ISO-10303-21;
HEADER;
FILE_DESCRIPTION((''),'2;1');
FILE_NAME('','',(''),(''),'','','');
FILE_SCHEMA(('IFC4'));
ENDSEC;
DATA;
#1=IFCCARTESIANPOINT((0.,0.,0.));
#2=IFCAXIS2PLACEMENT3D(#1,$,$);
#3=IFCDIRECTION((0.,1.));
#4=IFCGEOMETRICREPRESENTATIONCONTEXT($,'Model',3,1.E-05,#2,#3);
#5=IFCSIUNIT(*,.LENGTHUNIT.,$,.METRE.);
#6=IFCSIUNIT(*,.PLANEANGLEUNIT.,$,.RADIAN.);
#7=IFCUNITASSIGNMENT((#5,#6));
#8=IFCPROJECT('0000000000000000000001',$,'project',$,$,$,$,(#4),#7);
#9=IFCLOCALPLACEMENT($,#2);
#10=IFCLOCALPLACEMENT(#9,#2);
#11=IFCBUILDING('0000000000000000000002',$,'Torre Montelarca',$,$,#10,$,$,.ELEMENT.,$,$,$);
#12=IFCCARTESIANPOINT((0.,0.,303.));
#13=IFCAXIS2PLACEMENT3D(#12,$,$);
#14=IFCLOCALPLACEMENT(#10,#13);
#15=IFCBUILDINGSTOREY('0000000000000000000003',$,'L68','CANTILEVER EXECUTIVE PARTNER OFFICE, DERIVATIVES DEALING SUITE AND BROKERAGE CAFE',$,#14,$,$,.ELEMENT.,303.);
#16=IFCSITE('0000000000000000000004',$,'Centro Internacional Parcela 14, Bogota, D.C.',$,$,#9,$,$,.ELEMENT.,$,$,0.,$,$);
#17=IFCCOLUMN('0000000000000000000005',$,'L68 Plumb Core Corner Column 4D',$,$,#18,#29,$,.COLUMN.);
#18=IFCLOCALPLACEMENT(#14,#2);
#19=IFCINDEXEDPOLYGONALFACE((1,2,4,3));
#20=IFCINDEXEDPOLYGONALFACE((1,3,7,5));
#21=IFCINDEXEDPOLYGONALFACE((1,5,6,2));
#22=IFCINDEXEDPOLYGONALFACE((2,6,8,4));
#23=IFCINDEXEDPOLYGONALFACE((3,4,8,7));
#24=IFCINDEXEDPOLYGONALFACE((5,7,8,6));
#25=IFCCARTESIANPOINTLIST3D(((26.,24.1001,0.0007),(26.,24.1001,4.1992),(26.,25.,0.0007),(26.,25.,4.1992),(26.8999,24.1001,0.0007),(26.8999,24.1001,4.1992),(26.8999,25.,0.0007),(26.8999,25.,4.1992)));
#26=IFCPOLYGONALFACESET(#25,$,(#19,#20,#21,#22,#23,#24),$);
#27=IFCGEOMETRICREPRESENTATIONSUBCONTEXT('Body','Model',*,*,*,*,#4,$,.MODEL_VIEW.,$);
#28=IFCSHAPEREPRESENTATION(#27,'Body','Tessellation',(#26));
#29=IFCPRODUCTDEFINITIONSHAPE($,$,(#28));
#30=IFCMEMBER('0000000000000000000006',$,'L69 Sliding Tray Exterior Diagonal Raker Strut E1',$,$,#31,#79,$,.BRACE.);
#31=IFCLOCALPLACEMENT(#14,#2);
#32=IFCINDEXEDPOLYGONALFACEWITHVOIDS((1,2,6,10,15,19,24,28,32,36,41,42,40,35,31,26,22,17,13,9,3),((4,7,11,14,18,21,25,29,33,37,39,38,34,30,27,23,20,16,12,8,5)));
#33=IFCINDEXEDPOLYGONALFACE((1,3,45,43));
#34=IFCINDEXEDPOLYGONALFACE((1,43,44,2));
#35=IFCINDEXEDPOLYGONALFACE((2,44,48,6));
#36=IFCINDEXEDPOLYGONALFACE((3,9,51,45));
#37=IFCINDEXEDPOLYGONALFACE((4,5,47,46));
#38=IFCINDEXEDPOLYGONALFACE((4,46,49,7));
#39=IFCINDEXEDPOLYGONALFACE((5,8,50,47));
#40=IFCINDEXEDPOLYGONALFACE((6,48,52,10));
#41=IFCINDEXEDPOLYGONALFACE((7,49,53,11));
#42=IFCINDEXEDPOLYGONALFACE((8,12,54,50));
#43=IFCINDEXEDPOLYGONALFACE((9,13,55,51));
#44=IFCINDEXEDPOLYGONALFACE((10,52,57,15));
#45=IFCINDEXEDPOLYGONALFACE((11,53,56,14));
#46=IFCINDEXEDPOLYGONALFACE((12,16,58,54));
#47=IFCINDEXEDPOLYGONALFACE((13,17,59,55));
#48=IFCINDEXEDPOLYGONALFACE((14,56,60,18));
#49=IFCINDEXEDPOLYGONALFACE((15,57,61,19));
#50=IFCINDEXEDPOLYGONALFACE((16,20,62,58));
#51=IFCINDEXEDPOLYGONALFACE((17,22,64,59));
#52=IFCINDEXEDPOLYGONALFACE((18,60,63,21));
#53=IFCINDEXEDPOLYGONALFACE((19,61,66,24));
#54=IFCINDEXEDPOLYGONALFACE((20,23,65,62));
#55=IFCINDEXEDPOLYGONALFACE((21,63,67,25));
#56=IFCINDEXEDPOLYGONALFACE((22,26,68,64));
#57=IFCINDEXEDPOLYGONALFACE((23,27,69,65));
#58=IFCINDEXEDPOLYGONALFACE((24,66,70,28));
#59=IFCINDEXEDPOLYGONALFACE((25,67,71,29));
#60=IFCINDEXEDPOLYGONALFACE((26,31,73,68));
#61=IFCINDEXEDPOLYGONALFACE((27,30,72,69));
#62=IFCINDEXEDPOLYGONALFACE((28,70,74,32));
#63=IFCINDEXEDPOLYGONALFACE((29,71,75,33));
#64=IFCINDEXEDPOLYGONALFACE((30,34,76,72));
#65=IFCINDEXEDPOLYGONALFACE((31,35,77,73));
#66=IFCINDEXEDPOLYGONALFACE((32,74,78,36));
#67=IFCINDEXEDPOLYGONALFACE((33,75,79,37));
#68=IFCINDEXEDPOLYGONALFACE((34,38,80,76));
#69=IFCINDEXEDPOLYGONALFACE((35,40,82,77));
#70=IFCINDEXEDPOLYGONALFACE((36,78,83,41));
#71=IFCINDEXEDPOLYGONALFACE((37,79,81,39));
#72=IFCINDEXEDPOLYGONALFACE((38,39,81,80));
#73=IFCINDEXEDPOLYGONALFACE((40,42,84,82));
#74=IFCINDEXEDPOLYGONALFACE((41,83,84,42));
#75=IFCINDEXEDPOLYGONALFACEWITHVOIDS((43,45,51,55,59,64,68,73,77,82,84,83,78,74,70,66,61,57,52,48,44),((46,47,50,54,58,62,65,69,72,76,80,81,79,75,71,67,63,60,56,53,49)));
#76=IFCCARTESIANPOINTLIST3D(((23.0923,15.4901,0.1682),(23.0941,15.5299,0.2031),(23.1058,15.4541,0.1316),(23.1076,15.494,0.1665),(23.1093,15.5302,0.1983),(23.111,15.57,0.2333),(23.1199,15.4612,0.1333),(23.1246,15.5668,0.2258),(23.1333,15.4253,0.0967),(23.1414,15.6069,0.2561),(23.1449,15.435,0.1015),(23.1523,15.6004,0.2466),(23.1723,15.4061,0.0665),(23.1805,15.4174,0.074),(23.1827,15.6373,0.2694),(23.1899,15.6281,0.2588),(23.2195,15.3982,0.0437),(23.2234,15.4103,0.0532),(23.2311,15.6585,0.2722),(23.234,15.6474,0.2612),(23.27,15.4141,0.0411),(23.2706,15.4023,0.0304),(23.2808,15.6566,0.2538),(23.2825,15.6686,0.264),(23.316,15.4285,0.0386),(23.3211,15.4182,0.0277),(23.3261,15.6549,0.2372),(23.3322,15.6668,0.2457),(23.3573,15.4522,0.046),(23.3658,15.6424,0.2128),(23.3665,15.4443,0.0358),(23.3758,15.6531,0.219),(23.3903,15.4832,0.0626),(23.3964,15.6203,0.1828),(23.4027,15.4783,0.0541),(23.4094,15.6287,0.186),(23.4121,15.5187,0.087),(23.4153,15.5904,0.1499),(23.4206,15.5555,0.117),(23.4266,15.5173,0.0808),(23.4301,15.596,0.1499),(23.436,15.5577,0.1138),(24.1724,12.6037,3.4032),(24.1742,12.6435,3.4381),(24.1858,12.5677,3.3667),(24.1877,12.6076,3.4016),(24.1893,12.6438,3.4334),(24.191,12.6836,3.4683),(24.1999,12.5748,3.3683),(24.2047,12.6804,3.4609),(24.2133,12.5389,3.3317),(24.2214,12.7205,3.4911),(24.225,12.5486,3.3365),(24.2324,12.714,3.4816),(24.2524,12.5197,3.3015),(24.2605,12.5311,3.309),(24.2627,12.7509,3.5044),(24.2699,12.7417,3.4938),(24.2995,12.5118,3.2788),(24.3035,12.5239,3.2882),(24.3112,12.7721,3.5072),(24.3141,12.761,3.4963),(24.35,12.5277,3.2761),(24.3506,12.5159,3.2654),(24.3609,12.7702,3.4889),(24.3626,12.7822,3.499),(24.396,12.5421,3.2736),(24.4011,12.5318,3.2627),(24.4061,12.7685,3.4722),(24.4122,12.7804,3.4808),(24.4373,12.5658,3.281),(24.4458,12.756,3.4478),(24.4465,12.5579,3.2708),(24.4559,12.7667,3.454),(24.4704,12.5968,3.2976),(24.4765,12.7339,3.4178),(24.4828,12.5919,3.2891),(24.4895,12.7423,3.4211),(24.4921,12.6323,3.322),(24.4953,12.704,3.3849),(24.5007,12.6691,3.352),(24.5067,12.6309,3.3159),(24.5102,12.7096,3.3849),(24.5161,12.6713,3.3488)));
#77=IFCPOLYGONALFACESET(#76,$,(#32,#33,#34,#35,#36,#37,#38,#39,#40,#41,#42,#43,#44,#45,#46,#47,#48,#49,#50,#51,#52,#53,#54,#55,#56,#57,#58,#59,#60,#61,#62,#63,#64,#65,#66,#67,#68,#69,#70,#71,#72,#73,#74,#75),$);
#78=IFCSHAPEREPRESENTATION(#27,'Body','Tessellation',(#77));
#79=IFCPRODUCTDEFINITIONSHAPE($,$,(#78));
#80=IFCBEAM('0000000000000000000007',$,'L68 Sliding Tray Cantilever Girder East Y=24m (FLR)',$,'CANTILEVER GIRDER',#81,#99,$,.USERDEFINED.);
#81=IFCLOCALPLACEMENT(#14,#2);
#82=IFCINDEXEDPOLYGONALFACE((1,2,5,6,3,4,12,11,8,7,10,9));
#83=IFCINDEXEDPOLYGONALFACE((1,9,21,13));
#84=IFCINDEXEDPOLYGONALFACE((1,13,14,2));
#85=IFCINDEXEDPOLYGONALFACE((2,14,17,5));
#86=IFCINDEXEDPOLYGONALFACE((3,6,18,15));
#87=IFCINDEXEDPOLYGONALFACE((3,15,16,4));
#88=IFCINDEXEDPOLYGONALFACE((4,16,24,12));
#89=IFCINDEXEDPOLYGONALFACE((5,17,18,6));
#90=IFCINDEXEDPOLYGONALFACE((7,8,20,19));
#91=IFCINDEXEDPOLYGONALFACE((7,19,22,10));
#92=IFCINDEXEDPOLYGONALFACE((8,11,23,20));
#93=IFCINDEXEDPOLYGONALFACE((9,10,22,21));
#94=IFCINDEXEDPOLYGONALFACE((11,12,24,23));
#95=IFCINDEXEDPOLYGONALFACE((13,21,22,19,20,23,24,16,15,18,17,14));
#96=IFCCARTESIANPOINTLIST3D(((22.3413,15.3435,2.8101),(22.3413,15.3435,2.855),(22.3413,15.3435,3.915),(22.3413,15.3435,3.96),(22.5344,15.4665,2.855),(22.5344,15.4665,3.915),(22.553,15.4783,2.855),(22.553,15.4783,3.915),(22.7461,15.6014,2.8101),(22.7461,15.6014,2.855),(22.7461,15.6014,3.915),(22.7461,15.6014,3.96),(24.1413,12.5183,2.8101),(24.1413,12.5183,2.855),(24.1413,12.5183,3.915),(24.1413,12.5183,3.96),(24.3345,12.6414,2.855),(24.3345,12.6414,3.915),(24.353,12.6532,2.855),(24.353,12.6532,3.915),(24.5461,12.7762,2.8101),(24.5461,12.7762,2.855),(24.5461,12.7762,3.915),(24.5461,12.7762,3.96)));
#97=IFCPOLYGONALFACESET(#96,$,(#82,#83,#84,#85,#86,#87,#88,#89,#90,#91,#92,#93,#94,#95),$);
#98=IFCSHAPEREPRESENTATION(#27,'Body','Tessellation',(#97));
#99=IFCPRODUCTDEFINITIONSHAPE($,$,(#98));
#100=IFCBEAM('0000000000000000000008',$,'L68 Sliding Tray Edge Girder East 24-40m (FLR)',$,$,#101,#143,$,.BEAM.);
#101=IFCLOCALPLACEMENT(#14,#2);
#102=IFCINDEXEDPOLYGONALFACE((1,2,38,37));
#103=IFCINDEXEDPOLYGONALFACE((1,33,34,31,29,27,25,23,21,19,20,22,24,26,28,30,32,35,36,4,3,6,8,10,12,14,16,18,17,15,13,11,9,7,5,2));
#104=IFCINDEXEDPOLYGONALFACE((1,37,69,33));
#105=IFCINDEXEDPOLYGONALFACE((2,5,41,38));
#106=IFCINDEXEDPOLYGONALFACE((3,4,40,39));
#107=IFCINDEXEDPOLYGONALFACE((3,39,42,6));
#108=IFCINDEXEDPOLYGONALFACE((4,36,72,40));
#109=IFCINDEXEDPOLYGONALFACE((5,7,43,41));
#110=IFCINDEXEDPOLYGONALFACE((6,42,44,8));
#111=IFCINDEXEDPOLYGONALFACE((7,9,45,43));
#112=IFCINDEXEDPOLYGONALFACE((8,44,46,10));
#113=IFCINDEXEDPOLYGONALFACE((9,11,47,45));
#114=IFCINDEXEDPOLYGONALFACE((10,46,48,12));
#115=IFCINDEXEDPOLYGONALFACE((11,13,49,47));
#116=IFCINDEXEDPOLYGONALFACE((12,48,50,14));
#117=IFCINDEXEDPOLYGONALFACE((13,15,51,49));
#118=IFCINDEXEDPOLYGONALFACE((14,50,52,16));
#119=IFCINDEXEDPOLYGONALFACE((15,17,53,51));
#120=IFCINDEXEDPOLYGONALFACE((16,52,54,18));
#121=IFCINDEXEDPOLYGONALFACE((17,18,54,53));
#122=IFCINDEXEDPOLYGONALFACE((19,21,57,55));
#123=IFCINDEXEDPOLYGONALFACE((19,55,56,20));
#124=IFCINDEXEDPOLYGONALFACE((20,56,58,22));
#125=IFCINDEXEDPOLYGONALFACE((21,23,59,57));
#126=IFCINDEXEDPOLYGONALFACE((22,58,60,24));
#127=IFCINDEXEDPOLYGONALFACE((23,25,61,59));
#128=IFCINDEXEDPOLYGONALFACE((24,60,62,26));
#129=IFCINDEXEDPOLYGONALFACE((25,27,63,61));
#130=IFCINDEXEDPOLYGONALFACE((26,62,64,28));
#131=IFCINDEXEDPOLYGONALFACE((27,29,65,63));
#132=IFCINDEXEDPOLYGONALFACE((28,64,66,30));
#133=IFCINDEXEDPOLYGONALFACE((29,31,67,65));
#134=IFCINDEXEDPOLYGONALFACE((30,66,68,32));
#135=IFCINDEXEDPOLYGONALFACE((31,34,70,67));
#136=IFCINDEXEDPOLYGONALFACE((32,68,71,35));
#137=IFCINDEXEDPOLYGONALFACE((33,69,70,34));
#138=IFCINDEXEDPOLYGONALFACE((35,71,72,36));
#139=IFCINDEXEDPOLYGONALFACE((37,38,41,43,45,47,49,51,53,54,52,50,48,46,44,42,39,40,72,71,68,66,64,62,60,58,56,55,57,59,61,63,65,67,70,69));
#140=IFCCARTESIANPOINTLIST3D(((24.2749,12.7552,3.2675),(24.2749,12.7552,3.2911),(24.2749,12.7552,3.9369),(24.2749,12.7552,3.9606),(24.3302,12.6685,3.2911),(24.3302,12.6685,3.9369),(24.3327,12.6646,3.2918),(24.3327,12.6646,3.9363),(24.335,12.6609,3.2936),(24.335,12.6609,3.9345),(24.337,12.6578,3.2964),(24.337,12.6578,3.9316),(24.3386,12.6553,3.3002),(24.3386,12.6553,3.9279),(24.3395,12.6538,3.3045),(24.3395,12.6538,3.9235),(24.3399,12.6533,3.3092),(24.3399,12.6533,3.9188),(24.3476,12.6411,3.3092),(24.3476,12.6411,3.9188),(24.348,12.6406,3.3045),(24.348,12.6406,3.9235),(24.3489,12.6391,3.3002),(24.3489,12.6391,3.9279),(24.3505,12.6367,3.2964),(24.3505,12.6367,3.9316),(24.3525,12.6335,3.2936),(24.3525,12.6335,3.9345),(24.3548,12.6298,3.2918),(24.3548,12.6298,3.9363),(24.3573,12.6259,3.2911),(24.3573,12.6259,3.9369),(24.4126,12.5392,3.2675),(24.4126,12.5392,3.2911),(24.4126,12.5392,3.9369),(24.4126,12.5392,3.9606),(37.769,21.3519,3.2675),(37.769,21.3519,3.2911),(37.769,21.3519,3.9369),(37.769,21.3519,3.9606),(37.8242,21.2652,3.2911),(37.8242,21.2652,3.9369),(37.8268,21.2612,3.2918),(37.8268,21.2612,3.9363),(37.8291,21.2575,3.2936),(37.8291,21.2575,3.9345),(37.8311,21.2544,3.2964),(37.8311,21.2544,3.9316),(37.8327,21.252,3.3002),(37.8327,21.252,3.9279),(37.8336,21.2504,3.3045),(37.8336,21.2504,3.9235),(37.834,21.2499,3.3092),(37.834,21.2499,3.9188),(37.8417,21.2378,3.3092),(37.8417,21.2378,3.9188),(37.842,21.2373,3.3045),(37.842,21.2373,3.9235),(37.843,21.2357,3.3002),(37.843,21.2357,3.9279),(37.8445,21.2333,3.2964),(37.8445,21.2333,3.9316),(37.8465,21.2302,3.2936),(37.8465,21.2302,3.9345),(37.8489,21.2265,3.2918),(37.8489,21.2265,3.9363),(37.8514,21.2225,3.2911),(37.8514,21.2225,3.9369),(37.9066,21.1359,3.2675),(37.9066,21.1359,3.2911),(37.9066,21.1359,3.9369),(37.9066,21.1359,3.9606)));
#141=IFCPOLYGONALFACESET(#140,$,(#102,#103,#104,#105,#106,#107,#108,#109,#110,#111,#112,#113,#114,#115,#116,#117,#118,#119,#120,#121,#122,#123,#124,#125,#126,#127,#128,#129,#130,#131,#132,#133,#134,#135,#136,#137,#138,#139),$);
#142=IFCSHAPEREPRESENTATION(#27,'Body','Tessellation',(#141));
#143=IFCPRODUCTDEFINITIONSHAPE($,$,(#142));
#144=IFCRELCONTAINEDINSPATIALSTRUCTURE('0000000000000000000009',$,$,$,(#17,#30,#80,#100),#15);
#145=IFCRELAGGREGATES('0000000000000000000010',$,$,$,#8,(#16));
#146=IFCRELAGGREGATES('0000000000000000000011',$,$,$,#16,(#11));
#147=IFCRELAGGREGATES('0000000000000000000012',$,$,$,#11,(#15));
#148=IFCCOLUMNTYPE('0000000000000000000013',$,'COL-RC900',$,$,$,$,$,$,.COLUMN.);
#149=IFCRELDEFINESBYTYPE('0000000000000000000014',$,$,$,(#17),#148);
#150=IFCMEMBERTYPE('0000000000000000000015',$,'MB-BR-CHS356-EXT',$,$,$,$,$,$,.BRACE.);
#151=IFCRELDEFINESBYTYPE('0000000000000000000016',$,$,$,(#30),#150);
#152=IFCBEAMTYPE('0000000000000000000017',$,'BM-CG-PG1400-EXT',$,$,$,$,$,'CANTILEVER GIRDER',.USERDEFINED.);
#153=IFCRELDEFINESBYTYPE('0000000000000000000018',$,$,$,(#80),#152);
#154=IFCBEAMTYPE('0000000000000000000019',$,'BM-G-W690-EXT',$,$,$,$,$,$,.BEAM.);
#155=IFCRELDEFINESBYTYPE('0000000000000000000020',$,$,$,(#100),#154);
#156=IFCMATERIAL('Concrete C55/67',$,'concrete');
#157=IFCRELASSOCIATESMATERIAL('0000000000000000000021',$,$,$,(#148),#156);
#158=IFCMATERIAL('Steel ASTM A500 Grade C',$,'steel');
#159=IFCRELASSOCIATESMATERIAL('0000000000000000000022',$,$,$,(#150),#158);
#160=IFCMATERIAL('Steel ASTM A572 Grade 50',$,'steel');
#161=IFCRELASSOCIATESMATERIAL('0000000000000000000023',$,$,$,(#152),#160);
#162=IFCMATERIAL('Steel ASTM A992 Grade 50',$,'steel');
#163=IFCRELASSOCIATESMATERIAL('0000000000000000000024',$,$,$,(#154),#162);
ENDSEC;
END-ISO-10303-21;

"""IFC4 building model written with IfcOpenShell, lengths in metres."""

from ifc_helpers import new_model, si_unit, direction, frame, origin, origin_2d, place, context, subcontext, project, spatial, rectangle, hollow_circle, i_section, extrude, source, transform, mapped, material, material_profile, profile_set, type_object, element, save


model = new_model("IFC4")

# Units and contexts
model_context = context("Model", 3, precision=1e-05, world=origin(), true_north=direction((0.0, 1.0)))
body_context = subcontext(model_context, "Body", "Model", "MODEL_VIEW")
ifc_project = project(units=[si_unit("LENGTHUNIT", "METRE"), si_unit("PLANEANGLEUNIT", "RADIAN")], contexts=[model_context])

# Site, building, storey
site_placement = place(None, origin())
site = spatial("IfcSite", under=ifc_project, at=site_placement, Name="Centro Internacional Parcela 14, Bogota, D.C.", CompositionType="ELEMENT", RefElevation=0.0)
building_placement = place(site_placement, origin())
building = spatial("IfcBuilding", under=site, at=building_placement, Name="Torre Montelarca", CompositionType="ELEMENT")
storey_placement = place(building_placement, frame((0.0, 0.0, 303.0)))
storey = spatial("IfcBuildingStorey", under=building, at=storey_placement, Name="L68", Description="CANTILEVER EXECUTIVE PARTNER OFFICE, DERIVATIVES DEALING SUITE AND BROKERAGE CAFE", CompositionType="ELEMENT", Elevation=303.0)

# Column
ifc_material_1 = material(Name="Concrete C55/67", Category="concrete")
ifc_material_profile_1 = material_profile(ifc_material_1, rectangle(XDim=0.8999, YDim=0.8999, at=origin_2d()), Name="RC900X900", Category="concrete")
ifc_profile_set_1 = profile_set([ifc_material_profile_1], Name="Concrete C55/67")
column_type_1 = type_object("IfcColumnType", Name="COL-RC900", PredefinedType="COLUMN", material=ifc_profile_set_1)
shared_shape_1 = source(origin(), body_context, "Body", "SweptSolid", [
    extrude(rectangle(XDim=0.8999, YDim=0.8999, at=origin_2d()), origin(), (0.0, 0.0, 1.0), 4.1985),
])
column_1_placement = place(storey_placement, frame((26.45, 24.55, 0.0007), z_axis=(0.0, 0.0, 1.0), x_axis=(1.0, 0.0, 0.0)))
element("IfcColumn", 1, at=column_1_placement, inside=storey, type_object=column_type_1, Name="L68 Plumb Core Corner Column 4D", PredefinedType="COLUMN", context=body_context, shape_type="MappedRepresentation", body=[
    mapped(shared_shape_1, transform((0.0, 0.0, 0.0), scale=1.0)),
])

# Member
ifc_material_2 = material(Name="Steel ASTM A500 Grade C", Category="steel")
ifc_material_profile_2 = material_profile(ifc_material_2, hollow_circle(Radius=0.1777, WallThickness=0.0159, at=origin_2d()), Name="HSS355.6X15.9", Category="steel")
ifc_profile_set_2 = profile_set([ifc_material_profile_2], Name="Steel ASTM A500 Grade C")
member_type_1 = type_object("IfcMemberType", Name="MB-BR-CHS356-EXT", PredefinedType="BRACE", material=ifc_profile_set_2)
shared_shape_2 = source(origin(), body_context, "Body", "SweptSolid", [
    extrude(hollow_circle(Radius=0.1777, WallThickness=0.0159, at=origin_2d()), origin(), (0.0, 0.0, 1.0), 4.468),
])
member_1_placement = place(storey_placement, frame((23.2637, 15.5337, 0.1499), z_axis=(0.241729, -0.646013, 0.72404), x_axis=(0.93658, 0.350455, 0.0)))
element("IfcMember", 2, at=member_1_placement, inside=storey, type_object=member_type_1, Name="L69 Sliding Tray Exterior Diagonal Raker Strut E1", PredefinedType="BRACE", context=body_context, shape_type="MappedRepresentation", body=[
    mapped(shared_shape_2, transform((0.0, 0.0, 0.0), scale=1.0)),
])

# Beams
ifc_material_3 = material(Name="Steel ASTM A572 Grade 50", Category="steel")
ifc_material_profile_3 = material_profile(ifc_material_3, i_section(OverallWidth=0.48, OverallDepth=1.1499, WebThickness=0.022, FlangeThickness=0.0449, at=origin_2d()), Name="PG1150X480X22X45", Category="steel")
ifc_profile_set_3 = profile_set([ifc_material_profile_3], Name="Steel ASTM A572 Grade 50")
beam_type_1 = type_object("IfcBeamType", Name="BM-CG-PG1400-EXT", ElementType="CANTILEVER GIRDER", PredefinedType="USERDEFINED", material=ifc_profile_set_3)
shared_shape_3 = source(origin(), body_context, "Body", "SweptSolid", [
    extrude(i_section(OverallWidth=0.48, OverallDepth=1.1499, WebThickness=0.022, FlangeThickness=0.0449, at=origin_2d()), origin(), (0.0, 0.0, 1.0), 3.3499),
])
beam_1_placement = place(storey_placement, frame((22.5437, 15.4724, 3.385), z_axis=(0.537342, -0.843364, 0.0), x_axis=(0.843364, 0.537342, 0.0)))
element("IfcBeam", 3, at=beam_1_placement, inside=storey, type_object=beam_type_1, Name="L68 Sliding Tray Cantilever Girder East Y=24m (FLR)", ObjectType="CANTILEVER GIRDER", PredefinedType="USERDEFINED", context=body_context, shape_type="MappedRepresentation", body=[
    mapped(shared_shape_3, transform((0.0, 0.0, 0.0), scale=1.0)),
])
ifc_material_4 = material(Name="Steel ASTM A992 Grade 50", Category="steel")
ifc_material_profile_4 = material_profile(ifc_material_4, i_section(OverallWidth=0.2561, OverallDepth=0.6931, WebThickness=0.0144, FlangeThickness=0.0237, FilletRadius=0.0181, at=origin_2d()), Name="W690X170", Category="steel")
ifc_profile_set_4 = profile_set([ifc_material_profile_4], Name="Steel ASTM A992 Grade 50")
beam_type_2 = type_object("IfcBeamType", Name="BM-G-W690-EXT", PredefinedType="BEAM", material=ifc_profile_set_4)
shared_shape_4 = source(origin(), body_context, "Body", "SweptSolid", [
    extrude(i_section(OverallWidth=0.2561, OverallDepth=0.6931, WebThickness=0.0144, FlangeThickness=0.0237, FilletRadius=0.0181, at=origin_2d()), origin(), (0.0, 0.0, 1.0), 15.9998),
])
beam_2_placement = place(storey_placement, frame((24.3438, 12.6472, 3.614), z_axis=(0.843392, 0.537298, 0.0), x_axis=(-0.537298, 0.843392, 0.0)))
element("IfcBeam", 4, at=beam_2_placement, inside=storey, type_object=beam_type_2, Name="L68 Sliding Tray Edge Girder East 24-40m (FLR)", PredefinedType="BEAM", context=body_context, shape_type="MappedRepresentation", body=[
    mapped(shared_shape_4, transform((0.0, 0.0, 0.0), scale=1.0)),
])

save(model, "model.ifc")
